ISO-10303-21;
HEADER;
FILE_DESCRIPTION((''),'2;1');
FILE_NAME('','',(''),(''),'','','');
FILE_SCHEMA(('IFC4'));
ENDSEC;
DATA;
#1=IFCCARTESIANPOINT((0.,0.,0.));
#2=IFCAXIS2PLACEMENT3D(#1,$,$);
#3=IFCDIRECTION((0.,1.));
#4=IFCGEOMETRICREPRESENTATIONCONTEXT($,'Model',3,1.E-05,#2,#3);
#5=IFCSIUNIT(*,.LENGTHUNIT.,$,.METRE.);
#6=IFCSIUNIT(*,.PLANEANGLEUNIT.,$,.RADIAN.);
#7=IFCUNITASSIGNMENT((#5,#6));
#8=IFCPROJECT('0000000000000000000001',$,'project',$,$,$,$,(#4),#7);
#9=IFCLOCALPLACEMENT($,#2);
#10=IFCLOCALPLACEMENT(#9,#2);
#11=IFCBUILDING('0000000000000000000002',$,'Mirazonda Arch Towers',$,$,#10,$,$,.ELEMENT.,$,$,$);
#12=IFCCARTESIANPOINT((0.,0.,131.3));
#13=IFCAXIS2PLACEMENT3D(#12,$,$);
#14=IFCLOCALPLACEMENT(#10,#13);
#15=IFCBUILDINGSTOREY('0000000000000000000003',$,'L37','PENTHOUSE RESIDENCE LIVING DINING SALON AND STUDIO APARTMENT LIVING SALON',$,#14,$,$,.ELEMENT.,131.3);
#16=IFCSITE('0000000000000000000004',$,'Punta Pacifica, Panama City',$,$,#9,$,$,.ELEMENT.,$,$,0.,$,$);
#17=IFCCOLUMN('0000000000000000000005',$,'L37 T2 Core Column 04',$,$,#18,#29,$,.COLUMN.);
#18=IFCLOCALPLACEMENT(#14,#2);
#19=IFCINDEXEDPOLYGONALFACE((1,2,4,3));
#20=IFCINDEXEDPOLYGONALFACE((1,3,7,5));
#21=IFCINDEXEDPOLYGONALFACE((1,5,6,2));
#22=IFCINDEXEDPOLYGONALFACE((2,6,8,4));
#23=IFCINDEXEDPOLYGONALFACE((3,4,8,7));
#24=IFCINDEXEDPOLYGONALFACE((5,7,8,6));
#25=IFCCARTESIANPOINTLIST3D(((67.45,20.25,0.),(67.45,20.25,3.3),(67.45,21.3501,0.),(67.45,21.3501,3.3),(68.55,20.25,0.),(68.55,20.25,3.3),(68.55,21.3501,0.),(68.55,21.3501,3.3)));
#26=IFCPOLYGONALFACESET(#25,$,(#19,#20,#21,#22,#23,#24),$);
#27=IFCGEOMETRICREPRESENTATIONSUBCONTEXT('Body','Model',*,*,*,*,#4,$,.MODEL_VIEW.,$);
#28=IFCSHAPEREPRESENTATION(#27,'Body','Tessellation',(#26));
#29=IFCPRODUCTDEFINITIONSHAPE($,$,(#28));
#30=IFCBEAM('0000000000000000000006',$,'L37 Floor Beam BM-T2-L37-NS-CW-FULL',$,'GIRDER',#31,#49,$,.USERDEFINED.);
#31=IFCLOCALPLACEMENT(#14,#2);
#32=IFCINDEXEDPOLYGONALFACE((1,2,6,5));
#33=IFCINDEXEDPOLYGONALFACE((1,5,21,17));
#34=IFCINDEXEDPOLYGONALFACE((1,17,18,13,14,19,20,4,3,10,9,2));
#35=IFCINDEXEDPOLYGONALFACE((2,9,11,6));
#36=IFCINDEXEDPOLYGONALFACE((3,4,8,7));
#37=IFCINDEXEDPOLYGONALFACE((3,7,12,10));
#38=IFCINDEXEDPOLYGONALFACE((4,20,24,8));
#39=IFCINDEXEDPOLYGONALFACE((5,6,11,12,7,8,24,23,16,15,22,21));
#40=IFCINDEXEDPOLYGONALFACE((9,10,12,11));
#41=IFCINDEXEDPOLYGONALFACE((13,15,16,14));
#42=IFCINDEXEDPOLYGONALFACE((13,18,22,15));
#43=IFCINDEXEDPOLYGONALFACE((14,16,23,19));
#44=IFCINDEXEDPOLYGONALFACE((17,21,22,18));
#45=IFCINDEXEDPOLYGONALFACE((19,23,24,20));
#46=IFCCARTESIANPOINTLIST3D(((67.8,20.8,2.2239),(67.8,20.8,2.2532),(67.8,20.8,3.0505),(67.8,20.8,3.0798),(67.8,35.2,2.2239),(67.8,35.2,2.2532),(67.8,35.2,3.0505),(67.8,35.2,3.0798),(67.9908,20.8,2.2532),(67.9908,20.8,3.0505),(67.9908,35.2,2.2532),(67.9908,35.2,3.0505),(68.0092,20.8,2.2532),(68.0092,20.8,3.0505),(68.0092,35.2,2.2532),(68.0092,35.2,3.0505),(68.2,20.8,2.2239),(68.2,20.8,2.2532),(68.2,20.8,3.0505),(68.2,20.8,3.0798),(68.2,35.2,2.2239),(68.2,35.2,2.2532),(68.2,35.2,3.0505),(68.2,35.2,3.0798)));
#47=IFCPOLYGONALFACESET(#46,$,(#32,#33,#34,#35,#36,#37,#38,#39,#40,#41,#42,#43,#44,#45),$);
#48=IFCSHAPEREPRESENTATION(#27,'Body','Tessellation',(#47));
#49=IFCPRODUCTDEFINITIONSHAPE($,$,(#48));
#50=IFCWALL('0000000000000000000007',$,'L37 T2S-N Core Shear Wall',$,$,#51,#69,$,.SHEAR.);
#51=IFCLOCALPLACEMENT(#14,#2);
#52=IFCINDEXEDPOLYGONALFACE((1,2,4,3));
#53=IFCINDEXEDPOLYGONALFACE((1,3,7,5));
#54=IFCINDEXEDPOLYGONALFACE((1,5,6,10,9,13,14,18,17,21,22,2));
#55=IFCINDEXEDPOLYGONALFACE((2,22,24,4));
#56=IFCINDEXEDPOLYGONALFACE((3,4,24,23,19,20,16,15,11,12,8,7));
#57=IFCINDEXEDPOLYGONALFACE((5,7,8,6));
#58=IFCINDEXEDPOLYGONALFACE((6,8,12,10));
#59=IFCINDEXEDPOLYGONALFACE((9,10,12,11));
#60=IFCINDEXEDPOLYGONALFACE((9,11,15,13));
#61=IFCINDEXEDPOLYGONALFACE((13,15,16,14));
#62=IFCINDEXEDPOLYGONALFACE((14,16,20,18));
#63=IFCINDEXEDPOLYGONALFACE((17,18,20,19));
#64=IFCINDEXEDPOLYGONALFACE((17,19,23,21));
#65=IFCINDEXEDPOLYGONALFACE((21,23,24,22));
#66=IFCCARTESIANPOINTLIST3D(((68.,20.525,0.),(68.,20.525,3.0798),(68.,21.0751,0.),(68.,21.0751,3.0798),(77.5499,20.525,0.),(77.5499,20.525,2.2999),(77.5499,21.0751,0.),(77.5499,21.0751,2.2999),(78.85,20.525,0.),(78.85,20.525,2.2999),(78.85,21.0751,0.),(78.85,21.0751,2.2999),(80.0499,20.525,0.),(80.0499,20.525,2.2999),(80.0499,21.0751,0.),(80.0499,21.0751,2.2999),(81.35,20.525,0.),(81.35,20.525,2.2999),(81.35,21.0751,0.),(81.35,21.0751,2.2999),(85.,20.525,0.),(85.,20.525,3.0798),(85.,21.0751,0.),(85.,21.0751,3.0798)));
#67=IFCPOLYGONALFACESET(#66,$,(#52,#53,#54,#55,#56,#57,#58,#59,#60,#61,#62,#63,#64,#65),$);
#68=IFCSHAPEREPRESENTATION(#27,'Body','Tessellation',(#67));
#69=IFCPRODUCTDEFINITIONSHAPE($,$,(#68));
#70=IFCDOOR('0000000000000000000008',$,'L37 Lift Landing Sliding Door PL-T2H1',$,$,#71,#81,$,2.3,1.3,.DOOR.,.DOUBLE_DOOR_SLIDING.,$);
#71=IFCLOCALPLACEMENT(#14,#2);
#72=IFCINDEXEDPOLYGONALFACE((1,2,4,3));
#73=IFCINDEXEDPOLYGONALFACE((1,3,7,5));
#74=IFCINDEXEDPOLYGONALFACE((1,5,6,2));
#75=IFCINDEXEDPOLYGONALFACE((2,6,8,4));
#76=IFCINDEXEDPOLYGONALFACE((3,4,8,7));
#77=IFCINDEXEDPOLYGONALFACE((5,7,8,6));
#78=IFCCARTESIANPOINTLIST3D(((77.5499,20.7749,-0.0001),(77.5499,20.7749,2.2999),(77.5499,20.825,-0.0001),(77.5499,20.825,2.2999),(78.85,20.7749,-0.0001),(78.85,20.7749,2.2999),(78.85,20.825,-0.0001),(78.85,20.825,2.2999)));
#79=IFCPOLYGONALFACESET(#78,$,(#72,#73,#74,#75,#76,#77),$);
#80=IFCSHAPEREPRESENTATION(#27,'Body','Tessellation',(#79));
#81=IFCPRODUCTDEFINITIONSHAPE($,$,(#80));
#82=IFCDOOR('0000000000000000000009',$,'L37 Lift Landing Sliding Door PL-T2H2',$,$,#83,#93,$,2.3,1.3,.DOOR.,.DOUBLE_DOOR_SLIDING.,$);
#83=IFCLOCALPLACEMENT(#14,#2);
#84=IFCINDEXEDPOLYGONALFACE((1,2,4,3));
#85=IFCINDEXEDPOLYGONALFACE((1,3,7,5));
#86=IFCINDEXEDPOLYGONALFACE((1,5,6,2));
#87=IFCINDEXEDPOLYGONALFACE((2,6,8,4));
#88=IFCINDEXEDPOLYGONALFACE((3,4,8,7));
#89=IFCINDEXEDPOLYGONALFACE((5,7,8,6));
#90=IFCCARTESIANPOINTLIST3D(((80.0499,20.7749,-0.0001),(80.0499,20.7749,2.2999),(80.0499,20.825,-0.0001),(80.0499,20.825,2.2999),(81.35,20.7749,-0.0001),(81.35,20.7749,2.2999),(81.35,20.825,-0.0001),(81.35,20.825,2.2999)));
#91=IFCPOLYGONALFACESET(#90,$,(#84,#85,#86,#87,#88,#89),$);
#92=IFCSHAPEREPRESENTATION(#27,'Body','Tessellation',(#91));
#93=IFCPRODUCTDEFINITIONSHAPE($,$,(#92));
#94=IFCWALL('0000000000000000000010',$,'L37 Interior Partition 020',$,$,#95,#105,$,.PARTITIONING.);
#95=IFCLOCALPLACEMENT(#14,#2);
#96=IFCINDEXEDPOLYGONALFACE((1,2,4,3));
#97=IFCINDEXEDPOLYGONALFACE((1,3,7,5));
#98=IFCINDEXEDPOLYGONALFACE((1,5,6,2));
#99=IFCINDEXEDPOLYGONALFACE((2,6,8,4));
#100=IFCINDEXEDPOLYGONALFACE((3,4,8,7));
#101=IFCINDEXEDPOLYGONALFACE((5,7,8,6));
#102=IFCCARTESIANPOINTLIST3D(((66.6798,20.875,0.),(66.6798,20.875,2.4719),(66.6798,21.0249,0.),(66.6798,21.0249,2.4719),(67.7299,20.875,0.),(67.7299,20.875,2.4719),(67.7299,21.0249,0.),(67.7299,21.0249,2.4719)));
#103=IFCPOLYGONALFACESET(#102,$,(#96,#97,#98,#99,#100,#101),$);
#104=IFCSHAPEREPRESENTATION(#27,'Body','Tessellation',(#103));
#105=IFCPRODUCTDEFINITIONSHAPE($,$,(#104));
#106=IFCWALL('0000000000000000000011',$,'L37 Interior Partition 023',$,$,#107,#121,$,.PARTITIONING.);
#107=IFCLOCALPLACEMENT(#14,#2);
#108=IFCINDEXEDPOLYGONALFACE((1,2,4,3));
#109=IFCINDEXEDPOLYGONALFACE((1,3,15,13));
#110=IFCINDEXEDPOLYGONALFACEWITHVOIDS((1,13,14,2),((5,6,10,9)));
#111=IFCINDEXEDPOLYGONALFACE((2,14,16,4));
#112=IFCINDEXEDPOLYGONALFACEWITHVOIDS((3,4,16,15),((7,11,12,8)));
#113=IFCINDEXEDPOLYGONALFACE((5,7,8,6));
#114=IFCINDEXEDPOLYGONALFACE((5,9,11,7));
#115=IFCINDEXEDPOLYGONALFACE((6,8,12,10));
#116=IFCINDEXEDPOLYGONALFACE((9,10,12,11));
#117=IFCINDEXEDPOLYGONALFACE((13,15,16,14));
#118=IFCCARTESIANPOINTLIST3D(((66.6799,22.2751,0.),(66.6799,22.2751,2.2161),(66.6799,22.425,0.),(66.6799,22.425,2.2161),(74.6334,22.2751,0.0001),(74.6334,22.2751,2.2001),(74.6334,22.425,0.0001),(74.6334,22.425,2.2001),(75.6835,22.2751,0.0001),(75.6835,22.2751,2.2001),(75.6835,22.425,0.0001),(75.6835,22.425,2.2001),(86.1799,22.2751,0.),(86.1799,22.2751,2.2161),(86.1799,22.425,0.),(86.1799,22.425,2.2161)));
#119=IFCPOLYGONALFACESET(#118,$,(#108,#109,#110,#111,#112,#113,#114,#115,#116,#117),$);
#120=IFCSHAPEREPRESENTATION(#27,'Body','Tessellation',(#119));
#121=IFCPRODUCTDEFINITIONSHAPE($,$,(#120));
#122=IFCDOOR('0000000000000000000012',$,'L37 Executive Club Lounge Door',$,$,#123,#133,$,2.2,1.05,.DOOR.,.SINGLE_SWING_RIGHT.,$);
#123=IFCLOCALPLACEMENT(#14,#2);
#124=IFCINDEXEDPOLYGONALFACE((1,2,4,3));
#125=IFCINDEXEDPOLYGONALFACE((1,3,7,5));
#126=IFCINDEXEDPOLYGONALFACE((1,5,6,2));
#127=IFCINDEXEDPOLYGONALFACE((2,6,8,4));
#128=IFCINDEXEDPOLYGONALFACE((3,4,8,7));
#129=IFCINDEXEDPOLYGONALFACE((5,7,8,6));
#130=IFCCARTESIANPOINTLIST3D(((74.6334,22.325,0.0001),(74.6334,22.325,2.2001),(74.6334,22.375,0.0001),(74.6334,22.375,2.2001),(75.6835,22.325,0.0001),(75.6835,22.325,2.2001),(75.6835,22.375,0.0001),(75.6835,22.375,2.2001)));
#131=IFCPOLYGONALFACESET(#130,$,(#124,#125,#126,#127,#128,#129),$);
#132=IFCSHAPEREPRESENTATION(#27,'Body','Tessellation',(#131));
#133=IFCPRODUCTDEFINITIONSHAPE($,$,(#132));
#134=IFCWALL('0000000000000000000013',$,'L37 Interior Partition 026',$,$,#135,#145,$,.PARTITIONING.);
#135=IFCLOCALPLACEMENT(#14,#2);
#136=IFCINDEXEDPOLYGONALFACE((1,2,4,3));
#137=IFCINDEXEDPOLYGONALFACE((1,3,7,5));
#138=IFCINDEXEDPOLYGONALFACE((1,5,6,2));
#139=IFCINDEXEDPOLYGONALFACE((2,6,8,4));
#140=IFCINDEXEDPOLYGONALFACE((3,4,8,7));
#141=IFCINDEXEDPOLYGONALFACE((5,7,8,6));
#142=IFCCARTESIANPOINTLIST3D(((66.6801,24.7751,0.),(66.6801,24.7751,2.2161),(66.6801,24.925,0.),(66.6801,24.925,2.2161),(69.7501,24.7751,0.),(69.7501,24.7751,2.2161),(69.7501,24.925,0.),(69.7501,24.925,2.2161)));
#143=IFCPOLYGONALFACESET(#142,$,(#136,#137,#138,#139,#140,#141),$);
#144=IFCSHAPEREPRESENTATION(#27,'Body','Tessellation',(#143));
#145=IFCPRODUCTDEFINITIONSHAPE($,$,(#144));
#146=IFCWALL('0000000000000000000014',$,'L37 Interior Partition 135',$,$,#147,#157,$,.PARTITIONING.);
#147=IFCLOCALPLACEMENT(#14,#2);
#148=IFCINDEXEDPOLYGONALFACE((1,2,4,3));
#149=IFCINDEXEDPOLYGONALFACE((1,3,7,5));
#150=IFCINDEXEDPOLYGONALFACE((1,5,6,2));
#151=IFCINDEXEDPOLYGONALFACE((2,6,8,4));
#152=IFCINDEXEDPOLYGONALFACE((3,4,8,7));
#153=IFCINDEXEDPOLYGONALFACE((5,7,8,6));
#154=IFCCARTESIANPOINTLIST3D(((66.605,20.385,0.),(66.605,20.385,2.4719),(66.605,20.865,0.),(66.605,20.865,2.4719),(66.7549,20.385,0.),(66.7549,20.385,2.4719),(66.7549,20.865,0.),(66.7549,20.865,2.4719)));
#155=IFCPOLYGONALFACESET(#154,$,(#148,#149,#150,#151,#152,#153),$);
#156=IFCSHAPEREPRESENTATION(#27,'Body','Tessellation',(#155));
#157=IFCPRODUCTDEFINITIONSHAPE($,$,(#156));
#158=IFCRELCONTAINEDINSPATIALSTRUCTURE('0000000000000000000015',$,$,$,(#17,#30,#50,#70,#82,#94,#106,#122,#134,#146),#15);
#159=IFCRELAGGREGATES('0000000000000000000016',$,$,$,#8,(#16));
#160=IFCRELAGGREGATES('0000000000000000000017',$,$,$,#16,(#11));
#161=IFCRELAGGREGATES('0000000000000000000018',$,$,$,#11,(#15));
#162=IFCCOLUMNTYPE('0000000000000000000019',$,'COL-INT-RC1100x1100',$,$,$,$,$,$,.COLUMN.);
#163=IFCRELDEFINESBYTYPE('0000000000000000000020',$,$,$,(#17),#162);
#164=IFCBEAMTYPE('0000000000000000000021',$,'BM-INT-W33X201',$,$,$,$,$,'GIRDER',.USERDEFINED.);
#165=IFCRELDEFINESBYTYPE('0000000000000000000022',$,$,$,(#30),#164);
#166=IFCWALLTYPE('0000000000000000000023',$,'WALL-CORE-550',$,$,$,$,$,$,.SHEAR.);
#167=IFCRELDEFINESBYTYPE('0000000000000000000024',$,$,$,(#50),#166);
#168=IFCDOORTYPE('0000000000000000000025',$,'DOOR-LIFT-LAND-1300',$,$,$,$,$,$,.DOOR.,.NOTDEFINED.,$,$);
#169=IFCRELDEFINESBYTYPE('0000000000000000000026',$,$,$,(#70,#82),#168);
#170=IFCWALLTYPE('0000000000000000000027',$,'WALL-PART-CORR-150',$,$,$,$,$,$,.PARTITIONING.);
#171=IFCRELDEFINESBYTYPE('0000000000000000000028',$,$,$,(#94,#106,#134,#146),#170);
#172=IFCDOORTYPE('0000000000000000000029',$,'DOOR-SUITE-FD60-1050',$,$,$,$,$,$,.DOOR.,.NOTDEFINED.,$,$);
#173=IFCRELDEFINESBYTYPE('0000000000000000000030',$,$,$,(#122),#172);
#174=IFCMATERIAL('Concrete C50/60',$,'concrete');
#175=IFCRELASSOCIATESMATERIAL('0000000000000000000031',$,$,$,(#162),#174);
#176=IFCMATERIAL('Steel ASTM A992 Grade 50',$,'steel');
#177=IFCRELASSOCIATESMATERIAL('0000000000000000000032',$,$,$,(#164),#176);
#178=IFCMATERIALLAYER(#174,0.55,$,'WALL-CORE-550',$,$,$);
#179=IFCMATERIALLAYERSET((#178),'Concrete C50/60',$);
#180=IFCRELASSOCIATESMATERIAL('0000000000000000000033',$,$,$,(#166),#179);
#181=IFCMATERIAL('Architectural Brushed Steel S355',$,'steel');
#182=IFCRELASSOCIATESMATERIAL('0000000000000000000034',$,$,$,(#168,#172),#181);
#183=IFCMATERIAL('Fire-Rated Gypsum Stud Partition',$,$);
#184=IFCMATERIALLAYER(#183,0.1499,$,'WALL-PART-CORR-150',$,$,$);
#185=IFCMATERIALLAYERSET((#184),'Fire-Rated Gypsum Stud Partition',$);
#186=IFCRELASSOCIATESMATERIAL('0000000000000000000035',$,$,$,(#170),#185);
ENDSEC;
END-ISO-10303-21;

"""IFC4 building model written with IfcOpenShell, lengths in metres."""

from ifc_helpers import new_model, si_unit, direction, frame, frame_2d, origin, origin_2d, place, context, subcontext, project, spatial, rectangle, i_section, extrude, material, layer, layer_set, material_profile, profile_set, type_object, element, fill, save


model = new_model("IFC4")

# Units and contexts
model_context = context("Model", 3, precision=1e-05, world=origin(), true_north=direction((0.0, 1.0)))
body_context = subcontext(model_context, "Body", "Model", "MODEL_VIEW")
ifc_project = project(units=[si_unit("LENGTHUNIT", "METRE"), si_unit("PLANEANGLEUNIT", "RADIAN")], contexts=[model_context])

# Site, building, storey
site_placement = place(None, origin())
site = spatial("IfcSite", under=ifc_project, at=site_placement, Name="Punta Pacifica, Panama City", CompositionType="ELEMENT", RefElevation=0.0)
building_placement = place(site_placement, origin())
building = spatial("IfcBuilding", under=site, at=building_placement, Name="Mirazonda Arch Towers", CompositionType="ELEMENT")
storey_placement = place(building_placement, frame((0.0, 0.0, 131.3)))
storey = spatial("IfcBuildingStorey", under=building, at=storey_placement, Name="L37", Description="PENTHOUSE RESIDENCE LIVING DINING SALON AND STUDIO APARTMENT LIVING SALON", CompositionType="ELEMENT", Elevation=131.3)

# Column
ifc_material_1 = material(Name="Concrete C50/60", Category="concrete")
ifc_material_profile_1 = material_profile(ifc_material_1, rectangle(XDim=1.1001, YDim=1.1001, at=origin_2d()), Name="RC1100x1100")
ifc_profile_set_1 = profile_set([ifc_material_profile_1], Name="Concrete C50/60")
column_type = type_object("IfcColumnType", Name="COL-INT-RC1100x1100", PredefinedType="COLUMN", material=ifc_profile_set_1)
column_placement = place(storey_placement, frame((68.0, 20.8, 0.0), z_axis=(0.0, 0.0, 1.0), x_axis=(1.0, 0.0, 0.0)))
element("IfcColumn", 1, at=column_placement, inside=storey, type_object=column_type, Name="L37 T2 Core Column 04", PredefinedType="COLUMN", context=body_context, shape_type="SweptSolid", body=[
    extrude(rectangle(XDim=1.1001, YDim=1.1001, at=origin_2d()), origin(), (0.0, 0.0, 1.0), 3.3),
])

# Beam
ifc_material_2 = material(Name="Steel ASTM A992 Grade 50", Category="steel")
ifc_material_profile_2 = material_profile(ifc_material_2, i_section(OverallWidth=0.3999, OverallDepth=0.856, WebThickness=0.0183, FlangeThickness=0.0293, at=origin_2d()), Name="W33X201")
ifc_profile_set_2 = profile_set([ifc_material_profile_2], Name="Steel ASTM A992 Grade 50")
beam_type = type_object("IfcBeamType", Name="BM-INT-W33X201", ElementType="GIRDER", PredefinedType="USERDEFINED", material=ifc_profile_set_2)
beam_placement = place(storey_placement, frame((68.0, 20.8, 2.6519), z_axis=(0.0, 1.0, 0.0), x_axis=(-1.0, 0.0, 0.0)))
element("IfcBeam", 2, at=beam_placement, inside=storey, type_object=beam_type, Name="L37 Floor Beam BM-T2-L37-NS-CW-FULL", ObjectType="GIRDER", PredefinedType="USERDEFINED", context=body_context, shape_type="SweptSolid", body=[
    extrude(i_section(OverallWidth=0.3999, OverallDepth=0.856, WebThickness=0.0183, FlangeThickness=0.0293, at=origin_2d()), origin(), (0.0, 0.0, 1.0), 14.3999),
])

# Wall, openings, doors
ifc_layer_1 = layer(ifc_material_1, 0.55, Name="WALL-CORE-550")
ifc_layer_set_1 = layer_set([ifc_layer_1], Name="Concrete C50/60")
wall_type_1 = type_object("IfcWallType", Name="WALL-CORE-550", PredefinedType="SHEAR", material=ifc_layer_set_1)
wall_1_placement = place(storey_placement, frame((68.0, 20.8, 0.0), z_axis=(0.0, 0.0, 1.0), x_axis=(1.0, 0.0, 0.0)))
wall_1 = element("IfcWall", 3, at=wall_1_placement, inside=storey, type_object=wall_type_1, Name="L37 T2S-N Core Shear Wall", PredefinedType="SHEAR", context=body_context, shape_type="SweptSolid", body=[
    extrude(rectangle(XDim=17.0, YDim=0.55, at=frame_2d((8.5, 0.0))), origin(), (0.0, 0.0, 1.0), 3.0798),
])
opening_1_placement = place(wall_1_placement, frame((9.55, 0.0, 0.0)))
opening_1 = element("IfcOpeningElement", 4, at=opening_1_placement, cuts=wall_1, PredefinedType="OPENING", context=body_context, shape_type="SweptSolid", body=[
    extrude(rectangle(XDim=1.3, YDim=2.3, at=frame_2d((0.6499, 1.1499))), frame((0.0, 0.2849, 0.0), z_axis=(0.0, -1.0, 0.0), x_axis=(1.0, 0.0, 0.0)), (0.0, 0.0, 1.0), 0.5701),
])
opening_2_placement = place(wall_1_placement, frame((12.05, 0.0, 0.0)))
opening_2 = element("IfcOpeningElement", 5, at=opening_2_placement, cuts=wall_1, PredefinedType="OPENING", context=body_context, shape_type="SweptSolid", body=[
    extrude(rectangle(XDim=1.3, YDim=2.3, at=frame_2d((0.6499, 1.1499))), frame((0.0, 0.2849, 0.0), z_axis=(0.0, -1.0, 0.0), x_axis=(1.0, 0.0, 0.0)), (0.0, 0.0, 1.0), 0.5701),
])
ifc_material_3 = material(Name="Architectural Brushed Steel S355", Category="steel")
door_type_1 = type_object("IfcDoorType", Name="DOOR-LIFT-LAND-1300", OperationType="NOTDEFINED", PredefinedType="DOOR", material=ifc_material_3)
door_1_placement = place(opening_1_placement, origin())
door_1 = element("IfcDoor", 6, at=door_1_placement, inside=storey, type_object=door_type_1, Name="L37 Lift Landing Sliding Door PL-T2H1", OperationType="DOUBLE_DOOR_SLIDING", OverallHeight=2.3, OverallWidth=1.3, PredefinedType="DOOR", context=body_context, shape_type="SweptSolid", body=[
    extrude(rectangle(XDim=1.3, YDim=2.3, at=frame_2d((0.6499, 1.1499))), frame((0.0, 0.0249, 0.0), z_axis=(0.0, -1.0, 0.0), x_axis=(1.0, 0.0, 0.0)), (0.0, 0.0, 1.0), 0.05),
])
fill(opening_1, door_1)
door_2_placement = place(opening_2_placement, origin())
door_2 = element("IfcDoor", 7, at=door_2_placement, inside=storey, type_object=door_type_1, Name="L37 Lift Landing Sliding Door PL-T2H2", OperationType="DOUBLE_DOOR_SLIDING", OverallHeight=2.3, OverallWidth=1.3, PredefinedType="DOOR", context=body_context, shape_type="SweptSolid", body=[
    extrude(rectangle(XDim=1.3, YDim=2.3, at=frame_2d((0.6499, 1.1499))), frame((0.0, 0.0249, 0.0), z_axis=(0.0, -1.0, 0.0), x_axis=(1.0, 0.0, 0.0)), (0.0, 0.0, 1.0), 0.05),
])
fill(opening_2, door_2)

# Wall
ifc_material_4 = material(Name="Fire-Rated Gypsum Stud Partition")
ifc_layer_2 = layer(ifc_material_4, 0.1499, Name="WALL-PART-CORR-150")
ifc_layer_set_2 = layer_set([ifc_layer_2], Name="Fire-Rated Gypsum Stud Partition")
wall_type_2 = type_object("IfcWallType", Name="WALL-PART-CORR-150", PredefinedType="PARTITIONING", material=ifc_layer_set_2)
wall_2_placement = place(storey_placement, frame((66.6799, 20.95, 0.0), z_axis=(0.0, 0.0, 1.0), x_axis=(1.0, 0.0, 0.0)))
element("IfcWall", 8, at=wall_2_placement, inside=storey, type_object=wall_type_2, Name="L37 Interior Partition 020", PredefinedType="PARTITIONING", context=body_context, shape_type="SweptSolid", body=[
    extrude(rectangle(XDim=1.05, YDim=0.1499, at=frame_2d((0.5249, 0.0))), origin(), (0.0, 0.0, 1.0), 2.4719),
])

# Wall, opening, door
wall_3_placement = place(storey_placement, frame((66.6799, 22.3501, 0.0), z_axis=(0.0, 0.0, 1.0), x_axis=(1.0, 0.0, 0.0)))
wall_3 = element("IfcWall", 9, at=wall_3_placement, inside=storey, type_object=wall_type_2, Name="L37 Interior Partition 023", PredefinedType="PARTITIONING", context=body_context, shape_type="SweptSolid", body=[
    extrude(rectangle(XDim=19.5, YDim=0.1499, at=frame_2d((9.75, 0.0))), origin(), (0.0, 0.0, 1.0), 2.2161),
])
opening_3_placement = place(wall_3_placement, frame((7.9536, 0.0, 0.0)))
opening_3 = element("IfcOpeningElement", 10, at=opening_3_placement, cuts=wall_3, PredefinedType="OPENING", context=body_context, shape_type="SweptSolid", body=[
    extrude(rectangle(XDim=1.05, YDim=2.2, at=frame_2d((0.5249, 1.1001))), frame((0.0, 0.085, 0.0), z_axis=(0.0, -1.0, 0.0), x_axis=(1.0, 0.0, 0.0)), (0.0, 0.0, 1.0), 0.1699),
])
door_type_2 = type_object("IfcDoorType", Name="DOOR-SUITE-FD60-1050", OperationType="NOTDEFINED", PredefinedType="DOOR", material=ifc_material_3)
door_3_placement = place(opening_3_placement, origin())
door_3 = element("IfcDoor", 11, at=door_3_placement, inside=storey, type_object=door_type_2, Name="L37 Executive Club Lounge Door", OperationType="SINGLE_SWING_RIGHT", OverallHeight=2.2, OverallWidth=1.05, PredefinedType="DOOR", context=body_context, shape_type="SweptSolid", body=[
    extrude(rectangle(XDim=1.05, YDim=2.2, at=frame_2d((0.5249, 1.1001))), frame((0.0, 0.0249, 0.0), z_axis=(0.0, -1.0, 0.0), x_axis=(1.0, 0.0, 0.0)), (0.0, 0.0, 1.0), 0.05),
])
fill(opening_3, door_3)

# Walls
wall_4_placement = place(storey_placement, frame((66.6799, 24.8501, 0.0), z_axis=(0.0, 0.0, 1.0), x_axis=(1.0, 0.0, 0.0)))
element("IfcWall", 12, at=wall_4_placement, inside=storey, type_object=wall_type_2, Name="L37 Interior Partition 026", PredefinedType="PARTITIONING", context=body_context, shape_type="SweptSolid", body=[
    extrude(rectangle(XDim=3.0701, YDim=0.1499, at=frame_2d((1.5352, 0.0))), origin(), (0.0, 0.0, 1.0), 2.2161),
])
wall_5_placement = place(storey_placement, frame((66.6799, 20.385, 0.0), z_axis=(0.0, 0.0, 1.0), x_axis=(0.0, 1.0, 0.0)))
element("IfcWall", 13, at=wall_5_placement, inside=storey, type_object=wall_type_2, Name="L37 Interior Partition 135", PredefinedType="PARTITIONING", context=body_context, shape_type="SweptSolid", body=[
    extrude(rectangle(XDim=0.48, YDim=0.1499, at=frame_2d((0.24, 0.0))), origin(), (0.0, 0.0, 1.0), 2.4719),
])

save(model, "model.ifc")
